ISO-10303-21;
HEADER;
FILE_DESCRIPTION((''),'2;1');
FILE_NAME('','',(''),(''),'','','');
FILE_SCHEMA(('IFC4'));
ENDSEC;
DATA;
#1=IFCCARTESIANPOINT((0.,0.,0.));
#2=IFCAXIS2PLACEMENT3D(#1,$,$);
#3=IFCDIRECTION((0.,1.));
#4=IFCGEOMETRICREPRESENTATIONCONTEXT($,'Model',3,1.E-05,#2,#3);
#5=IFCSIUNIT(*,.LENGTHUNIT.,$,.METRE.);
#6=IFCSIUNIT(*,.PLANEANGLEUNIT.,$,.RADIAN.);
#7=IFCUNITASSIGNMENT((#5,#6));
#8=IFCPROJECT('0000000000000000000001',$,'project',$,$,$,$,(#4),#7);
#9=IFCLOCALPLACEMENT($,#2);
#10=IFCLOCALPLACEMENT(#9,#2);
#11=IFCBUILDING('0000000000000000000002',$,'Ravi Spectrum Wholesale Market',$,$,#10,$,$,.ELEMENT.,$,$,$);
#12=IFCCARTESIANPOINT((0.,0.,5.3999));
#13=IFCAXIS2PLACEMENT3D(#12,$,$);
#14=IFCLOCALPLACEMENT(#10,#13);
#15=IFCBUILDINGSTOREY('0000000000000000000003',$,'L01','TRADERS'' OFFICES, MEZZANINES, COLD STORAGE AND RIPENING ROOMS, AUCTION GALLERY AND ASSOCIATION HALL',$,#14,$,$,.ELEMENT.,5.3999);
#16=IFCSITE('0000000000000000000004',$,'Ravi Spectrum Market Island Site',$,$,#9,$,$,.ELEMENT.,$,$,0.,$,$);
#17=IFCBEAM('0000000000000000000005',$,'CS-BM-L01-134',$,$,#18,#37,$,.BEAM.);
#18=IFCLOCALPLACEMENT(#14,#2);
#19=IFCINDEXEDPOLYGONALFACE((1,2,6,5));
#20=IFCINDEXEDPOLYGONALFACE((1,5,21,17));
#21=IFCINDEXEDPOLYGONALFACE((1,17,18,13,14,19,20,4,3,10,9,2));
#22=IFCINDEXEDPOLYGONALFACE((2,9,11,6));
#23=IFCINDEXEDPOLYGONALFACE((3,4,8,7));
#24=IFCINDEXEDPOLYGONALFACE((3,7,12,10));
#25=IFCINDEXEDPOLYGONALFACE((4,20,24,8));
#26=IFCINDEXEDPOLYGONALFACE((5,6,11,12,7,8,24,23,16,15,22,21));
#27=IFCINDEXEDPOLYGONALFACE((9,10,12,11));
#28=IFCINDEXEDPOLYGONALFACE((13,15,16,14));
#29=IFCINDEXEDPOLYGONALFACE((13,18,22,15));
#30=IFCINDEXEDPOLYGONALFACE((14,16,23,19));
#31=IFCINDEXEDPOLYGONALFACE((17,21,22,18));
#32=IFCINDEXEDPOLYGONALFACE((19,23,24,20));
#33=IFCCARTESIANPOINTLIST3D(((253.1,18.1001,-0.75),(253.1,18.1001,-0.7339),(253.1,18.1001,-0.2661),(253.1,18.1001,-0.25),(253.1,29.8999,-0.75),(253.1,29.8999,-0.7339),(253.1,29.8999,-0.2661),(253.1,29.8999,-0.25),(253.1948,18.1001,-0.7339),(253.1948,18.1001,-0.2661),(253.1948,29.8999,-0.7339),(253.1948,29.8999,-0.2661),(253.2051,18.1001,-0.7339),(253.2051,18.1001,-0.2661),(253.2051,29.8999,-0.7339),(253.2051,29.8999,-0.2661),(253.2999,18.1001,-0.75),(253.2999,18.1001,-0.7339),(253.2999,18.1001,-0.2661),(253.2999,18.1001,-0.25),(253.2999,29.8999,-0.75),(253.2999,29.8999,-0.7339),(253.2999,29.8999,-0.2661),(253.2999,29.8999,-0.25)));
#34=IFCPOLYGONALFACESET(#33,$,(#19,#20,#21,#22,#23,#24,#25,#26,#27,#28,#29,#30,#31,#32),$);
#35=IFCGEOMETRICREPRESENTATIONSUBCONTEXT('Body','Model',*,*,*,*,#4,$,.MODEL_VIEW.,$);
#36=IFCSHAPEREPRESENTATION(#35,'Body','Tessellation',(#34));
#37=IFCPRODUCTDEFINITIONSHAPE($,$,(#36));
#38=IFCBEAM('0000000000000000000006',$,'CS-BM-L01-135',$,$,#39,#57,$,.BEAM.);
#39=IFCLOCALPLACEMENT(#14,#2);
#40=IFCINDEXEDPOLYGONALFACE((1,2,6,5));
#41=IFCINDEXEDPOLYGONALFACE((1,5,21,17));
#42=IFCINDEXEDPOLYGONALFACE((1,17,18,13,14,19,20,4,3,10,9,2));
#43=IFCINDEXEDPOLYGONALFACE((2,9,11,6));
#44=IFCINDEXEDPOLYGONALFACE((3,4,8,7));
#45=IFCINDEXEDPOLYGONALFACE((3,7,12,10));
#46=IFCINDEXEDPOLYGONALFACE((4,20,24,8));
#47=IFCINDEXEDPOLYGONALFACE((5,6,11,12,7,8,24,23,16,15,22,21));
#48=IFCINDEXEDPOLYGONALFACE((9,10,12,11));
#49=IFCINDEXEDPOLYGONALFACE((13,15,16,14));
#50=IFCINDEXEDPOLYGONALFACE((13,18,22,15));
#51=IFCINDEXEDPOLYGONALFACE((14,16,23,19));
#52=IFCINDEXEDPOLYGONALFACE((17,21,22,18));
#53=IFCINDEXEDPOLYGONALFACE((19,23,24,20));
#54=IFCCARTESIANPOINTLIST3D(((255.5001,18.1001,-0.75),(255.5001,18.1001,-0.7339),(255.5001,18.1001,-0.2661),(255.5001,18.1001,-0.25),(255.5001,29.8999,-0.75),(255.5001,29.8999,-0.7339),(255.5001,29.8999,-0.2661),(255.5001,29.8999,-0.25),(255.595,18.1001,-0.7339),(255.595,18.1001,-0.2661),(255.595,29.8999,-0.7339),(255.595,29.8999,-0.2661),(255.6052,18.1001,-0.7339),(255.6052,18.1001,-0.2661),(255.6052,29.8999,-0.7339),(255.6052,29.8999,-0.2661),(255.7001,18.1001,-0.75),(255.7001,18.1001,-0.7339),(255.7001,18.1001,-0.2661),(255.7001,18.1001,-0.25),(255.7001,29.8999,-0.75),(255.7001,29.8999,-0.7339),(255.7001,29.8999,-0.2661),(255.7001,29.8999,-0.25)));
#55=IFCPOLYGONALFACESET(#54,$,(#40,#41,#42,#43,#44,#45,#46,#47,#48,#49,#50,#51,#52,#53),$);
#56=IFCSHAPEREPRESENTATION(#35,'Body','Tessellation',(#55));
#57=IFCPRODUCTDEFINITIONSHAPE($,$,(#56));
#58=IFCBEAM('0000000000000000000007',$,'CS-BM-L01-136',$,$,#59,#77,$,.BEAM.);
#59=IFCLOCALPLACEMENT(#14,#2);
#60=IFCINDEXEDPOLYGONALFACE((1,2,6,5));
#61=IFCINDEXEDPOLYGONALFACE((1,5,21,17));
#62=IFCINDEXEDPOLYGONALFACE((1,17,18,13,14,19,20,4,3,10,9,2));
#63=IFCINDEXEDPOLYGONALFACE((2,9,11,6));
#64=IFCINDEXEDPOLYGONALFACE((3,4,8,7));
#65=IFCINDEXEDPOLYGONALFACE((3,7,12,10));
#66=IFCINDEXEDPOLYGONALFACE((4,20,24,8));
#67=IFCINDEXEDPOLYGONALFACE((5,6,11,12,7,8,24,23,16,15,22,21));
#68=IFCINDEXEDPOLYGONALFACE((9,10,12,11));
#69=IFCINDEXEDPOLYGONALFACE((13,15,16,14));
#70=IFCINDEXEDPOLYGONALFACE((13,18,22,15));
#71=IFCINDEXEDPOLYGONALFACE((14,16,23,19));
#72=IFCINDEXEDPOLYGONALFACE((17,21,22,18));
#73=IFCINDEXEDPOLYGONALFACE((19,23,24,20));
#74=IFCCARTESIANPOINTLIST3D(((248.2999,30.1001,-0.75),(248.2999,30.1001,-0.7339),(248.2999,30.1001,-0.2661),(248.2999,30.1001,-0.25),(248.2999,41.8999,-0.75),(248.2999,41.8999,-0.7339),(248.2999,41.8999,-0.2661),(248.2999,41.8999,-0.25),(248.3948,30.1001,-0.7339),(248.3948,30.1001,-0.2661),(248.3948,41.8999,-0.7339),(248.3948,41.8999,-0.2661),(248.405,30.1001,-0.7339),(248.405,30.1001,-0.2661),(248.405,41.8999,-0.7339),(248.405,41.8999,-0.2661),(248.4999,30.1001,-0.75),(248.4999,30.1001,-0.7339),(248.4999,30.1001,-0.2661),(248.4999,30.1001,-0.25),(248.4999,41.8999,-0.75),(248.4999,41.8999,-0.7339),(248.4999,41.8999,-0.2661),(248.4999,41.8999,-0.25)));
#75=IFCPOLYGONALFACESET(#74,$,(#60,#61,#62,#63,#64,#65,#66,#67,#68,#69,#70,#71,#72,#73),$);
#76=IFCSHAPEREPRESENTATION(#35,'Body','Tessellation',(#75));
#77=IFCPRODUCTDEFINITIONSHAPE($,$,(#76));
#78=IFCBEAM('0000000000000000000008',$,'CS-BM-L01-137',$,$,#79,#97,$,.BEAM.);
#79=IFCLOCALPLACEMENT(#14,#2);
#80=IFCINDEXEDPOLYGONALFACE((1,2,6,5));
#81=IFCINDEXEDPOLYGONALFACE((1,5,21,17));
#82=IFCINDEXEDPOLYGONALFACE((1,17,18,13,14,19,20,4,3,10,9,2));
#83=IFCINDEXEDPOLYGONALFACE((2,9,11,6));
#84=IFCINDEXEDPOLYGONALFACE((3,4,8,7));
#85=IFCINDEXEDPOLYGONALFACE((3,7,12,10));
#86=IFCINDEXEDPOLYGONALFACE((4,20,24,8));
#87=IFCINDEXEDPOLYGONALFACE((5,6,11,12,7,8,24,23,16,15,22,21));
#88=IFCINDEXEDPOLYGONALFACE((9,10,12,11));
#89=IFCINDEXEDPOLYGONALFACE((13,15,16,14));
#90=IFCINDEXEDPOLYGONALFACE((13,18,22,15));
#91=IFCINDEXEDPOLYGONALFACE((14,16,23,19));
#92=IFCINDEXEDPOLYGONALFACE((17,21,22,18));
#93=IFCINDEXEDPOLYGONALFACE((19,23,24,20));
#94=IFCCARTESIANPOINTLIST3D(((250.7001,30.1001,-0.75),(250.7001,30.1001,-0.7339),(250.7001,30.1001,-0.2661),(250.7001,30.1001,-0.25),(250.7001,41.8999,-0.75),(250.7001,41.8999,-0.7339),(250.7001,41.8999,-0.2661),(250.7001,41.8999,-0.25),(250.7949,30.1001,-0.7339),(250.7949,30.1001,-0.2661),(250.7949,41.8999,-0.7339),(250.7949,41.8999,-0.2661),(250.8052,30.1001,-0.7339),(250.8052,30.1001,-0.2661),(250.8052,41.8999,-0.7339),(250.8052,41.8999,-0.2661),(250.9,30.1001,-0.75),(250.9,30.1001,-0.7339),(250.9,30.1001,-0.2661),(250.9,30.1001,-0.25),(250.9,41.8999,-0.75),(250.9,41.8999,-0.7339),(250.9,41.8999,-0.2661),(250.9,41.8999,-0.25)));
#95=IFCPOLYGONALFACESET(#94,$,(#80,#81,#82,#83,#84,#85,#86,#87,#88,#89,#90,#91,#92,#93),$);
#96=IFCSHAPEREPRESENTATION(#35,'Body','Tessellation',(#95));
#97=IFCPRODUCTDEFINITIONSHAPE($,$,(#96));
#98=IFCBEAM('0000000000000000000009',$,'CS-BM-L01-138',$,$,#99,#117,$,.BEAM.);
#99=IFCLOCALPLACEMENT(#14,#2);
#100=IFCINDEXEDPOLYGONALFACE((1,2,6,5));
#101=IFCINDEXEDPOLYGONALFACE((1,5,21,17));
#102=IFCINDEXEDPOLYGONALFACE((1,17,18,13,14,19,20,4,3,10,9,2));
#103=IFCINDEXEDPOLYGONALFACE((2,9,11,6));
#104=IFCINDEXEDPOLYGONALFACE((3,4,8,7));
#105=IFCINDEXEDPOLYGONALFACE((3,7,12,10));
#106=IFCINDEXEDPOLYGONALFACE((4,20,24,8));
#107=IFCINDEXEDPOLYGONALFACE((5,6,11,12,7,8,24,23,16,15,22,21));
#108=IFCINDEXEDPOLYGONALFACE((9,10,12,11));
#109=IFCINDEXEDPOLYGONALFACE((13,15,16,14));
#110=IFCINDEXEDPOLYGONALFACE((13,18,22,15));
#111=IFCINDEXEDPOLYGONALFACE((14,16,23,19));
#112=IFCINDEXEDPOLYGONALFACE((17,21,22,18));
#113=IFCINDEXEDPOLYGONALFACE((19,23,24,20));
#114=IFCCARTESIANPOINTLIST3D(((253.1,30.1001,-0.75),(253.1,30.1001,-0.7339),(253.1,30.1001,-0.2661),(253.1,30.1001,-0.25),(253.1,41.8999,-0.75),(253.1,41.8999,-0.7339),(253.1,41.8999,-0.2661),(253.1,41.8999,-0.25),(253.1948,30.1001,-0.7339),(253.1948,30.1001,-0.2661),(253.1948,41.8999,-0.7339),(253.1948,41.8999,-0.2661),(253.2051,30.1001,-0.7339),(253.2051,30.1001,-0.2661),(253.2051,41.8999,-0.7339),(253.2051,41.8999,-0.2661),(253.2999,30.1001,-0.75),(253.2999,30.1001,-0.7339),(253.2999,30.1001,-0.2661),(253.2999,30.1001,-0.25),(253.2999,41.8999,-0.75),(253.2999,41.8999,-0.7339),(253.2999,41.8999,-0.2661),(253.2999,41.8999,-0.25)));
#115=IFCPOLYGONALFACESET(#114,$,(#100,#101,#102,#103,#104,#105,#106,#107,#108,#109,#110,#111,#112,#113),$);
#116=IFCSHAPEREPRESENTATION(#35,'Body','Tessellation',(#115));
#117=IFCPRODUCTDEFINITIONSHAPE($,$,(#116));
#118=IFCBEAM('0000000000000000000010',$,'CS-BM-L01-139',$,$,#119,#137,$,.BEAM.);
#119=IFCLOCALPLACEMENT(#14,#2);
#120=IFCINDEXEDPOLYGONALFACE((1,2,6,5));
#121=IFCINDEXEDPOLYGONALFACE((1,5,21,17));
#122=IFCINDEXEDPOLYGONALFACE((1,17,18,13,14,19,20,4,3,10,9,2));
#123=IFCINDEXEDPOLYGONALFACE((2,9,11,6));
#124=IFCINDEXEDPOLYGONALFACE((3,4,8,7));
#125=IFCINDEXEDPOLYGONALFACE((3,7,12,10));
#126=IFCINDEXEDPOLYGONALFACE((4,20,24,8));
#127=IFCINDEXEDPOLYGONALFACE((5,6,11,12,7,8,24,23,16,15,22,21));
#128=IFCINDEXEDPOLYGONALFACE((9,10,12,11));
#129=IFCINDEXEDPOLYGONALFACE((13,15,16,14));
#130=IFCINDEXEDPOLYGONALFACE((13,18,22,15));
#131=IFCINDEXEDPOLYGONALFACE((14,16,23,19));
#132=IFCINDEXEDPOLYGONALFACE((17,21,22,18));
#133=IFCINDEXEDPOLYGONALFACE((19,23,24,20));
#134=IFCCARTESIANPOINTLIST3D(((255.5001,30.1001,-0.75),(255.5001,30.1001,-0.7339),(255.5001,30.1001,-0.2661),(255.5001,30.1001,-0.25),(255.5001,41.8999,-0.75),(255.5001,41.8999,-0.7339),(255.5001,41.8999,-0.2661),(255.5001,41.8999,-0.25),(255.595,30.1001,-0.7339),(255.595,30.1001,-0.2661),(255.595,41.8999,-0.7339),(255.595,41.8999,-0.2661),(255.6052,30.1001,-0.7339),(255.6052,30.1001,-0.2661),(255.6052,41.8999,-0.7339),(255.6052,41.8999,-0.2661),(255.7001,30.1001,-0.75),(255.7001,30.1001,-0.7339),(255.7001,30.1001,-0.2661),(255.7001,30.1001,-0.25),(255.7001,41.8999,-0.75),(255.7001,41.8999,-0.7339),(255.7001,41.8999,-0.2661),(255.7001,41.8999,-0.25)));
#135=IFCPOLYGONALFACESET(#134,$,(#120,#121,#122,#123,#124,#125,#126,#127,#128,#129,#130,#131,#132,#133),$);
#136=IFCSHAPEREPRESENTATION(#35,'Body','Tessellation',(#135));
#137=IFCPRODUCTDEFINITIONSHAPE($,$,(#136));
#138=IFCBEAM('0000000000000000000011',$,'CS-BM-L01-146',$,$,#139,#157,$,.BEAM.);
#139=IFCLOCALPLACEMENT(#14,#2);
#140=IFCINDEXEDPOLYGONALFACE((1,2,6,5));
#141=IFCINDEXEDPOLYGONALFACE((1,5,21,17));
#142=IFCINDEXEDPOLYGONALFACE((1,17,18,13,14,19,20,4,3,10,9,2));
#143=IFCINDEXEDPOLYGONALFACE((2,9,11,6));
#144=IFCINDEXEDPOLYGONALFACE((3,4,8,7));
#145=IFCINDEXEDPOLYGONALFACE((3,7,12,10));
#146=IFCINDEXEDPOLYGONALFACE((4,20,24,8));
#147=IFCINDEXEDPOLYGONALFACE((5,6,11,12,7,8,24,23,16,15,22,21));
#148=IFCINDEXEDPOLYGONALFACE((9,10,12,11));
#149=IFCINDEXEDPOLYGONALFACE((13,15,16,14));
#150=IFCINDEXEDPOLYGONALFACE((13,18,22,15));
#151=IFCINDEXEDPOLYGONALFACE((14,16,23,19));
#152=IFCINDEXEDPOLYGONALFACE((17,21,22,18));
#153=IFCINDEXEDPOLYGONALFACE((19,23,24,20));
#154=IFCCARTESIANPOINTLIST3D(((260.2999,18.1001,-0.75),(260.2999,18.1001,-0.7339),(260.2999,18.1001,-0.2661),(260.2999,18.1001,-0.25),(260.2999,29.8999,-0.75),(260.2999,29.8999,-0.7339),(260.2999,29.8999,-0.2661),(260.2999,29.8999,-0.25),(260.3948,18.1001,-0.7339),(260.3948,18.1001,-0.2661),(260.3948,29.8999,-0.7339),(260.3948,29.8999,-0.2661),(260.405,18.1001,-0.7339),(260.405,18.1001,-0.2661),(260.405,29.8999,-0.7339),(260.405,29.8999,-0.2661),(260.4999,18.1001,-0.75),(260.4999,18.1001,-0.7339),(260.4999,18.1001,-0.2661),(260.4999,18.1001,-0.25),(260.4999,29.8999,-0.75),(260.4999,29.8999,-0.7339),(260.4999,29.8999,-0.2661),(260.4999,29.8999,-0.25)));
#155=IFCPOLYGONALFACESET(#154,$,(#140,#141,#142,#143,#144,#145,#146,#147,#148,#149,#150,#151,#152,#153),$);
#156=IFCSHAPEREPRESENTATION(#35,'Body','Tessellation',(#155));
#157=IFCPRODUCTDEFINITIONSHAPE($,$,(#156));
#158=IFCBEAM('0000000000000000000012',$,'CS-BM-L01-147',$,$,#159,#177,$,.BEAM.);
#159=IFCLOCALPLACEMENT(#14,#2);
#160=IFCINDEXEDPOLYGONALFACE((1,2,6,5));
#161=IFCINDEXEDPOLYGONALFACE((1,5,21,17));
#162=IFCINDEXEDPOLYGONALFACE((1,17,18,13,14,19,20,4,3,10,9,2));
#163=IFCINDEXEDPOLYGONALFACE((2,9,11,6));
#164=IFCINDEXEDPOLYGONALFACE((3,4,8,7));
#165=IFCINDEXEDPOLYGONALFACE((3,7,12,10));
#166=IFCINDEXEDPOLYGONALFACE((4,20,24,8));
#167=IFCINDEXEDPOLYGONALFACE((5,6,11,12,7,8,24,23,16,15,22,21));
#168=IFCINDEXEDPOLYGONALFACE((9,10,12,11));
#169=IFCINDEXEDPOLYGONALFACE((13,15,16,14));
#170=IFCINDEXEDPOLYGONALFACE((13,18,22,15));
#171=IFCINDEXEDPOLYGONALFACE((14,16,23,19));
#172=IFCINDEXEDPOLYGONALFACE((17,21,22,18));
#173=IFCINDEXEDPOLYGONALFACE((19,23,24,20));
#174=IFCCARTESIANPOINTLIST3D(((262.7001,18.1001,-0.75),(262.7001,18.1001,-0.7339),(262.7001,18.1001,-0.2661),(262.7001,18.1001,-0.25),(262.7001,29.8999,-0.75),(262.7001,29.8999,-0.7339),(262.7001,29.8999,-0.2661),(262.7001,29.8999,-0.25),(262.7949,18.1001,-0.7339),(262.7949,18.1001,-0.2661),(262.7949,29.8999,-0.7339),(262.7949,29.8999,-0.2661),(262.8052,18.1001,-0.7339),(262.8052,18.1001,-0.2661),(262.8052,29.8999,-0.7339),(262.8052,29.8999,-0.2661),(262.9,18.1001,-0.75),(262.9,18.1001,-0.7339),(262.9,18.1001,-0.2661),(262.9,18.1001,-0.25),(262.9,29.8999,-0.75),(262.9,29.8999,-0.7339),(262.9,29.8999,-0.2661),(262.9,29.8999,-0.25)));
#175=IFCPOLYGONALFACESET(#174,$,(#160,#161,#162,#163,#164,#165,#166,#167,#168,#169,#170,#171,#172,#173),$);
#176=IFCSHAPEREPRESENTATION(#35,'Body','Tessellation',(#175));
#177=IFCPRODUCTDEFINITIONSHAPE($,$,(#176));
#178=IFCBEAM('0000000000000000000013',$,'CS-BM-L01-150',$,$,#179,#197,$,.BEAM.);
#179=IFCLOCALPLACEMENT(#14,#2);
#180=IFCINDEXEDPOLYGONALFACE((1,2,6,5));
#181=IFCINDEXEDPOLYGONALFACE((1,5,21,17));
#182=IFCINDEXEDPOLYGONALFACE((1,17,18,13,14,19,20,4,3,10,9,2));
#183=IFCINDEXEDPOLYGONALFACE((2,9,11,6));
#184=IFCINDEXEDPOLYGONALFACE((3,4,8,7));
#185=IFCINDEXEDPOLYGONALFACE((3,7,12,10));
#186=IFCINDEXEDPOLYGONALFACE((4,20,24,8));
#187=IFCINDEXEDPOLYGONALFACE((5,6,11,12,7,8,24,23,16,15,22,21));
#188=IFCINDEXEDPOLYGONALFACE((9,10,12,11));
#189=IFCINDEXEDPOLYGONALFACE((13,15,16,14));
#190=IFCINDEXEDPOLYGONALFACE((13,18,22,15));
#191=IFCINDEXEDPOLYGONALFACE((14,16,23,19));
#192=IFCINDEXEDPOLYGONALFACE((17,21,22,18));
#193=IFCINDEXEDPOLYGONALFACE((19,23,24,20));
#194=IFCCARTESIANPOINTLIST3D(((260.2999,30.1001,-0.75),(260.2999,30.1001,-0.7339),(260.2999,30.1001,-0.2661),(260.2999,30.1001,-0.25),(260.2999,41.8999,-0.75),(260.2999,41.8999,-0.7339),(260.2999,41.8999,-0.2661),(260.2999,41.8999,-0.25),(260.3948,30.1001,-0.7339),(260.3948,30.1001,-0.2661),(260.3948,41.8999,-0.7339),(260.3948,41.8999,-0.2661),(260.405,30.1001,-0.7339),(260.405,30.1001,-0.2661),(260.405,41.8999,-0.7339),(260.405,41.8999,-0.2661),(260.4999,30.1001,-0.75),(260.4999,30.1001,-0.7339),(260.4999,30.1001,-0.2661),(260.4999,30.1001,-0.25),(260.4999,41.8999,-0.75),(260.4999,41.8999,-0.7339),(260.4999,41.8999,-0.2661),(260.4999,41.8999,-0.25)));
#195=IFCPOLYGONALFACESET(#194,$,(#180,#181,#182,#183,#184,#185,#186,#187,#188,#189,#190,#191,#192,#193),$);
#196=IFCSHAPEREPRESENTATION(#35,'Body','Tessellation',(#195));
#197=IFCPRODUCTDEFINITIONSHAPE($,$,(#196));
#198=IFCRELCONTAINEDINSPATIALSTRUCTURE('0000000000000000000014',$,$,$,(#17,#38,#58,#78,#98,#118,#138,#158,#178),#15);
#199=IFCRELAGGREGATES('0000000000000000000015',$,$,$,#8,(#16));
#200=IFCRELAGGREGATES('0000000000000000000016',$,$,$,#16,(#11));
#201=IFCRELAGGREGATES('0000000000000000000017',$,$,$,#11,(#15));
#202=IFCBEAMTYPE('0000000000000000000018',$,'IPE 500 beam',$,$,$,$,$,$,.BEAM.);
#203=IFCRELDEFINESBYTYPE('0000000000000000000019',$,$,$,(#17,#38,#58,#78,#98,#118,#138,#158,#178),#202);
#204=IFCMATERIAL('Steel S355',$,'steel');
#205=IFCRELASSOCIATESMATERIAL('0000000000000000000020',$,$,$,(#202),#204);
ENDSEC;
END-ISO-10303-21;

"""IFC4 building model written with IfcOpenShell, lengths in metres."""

from ifc_helpers import new_model, si_unit, direction, frame, origin, origin_2d, place, context, subcontext, project, spatial, i_section, extrude, material, material_profile, profile_set, type_object, element, save


model = new_model("IFC4")

# Units and contexts
model_context = context("Model", 3, precision=1e-05, world=origin(), true_north=direction((0.0, 1.0)))
body_context = subcontext(model_context, "Body", "Model", "MODEL_VIEW")
ifc_project = project(units=[si_unit("LENGTHUNIT", "METRE"), si_unit("PLANEANGLEUNIT", "RADIAN")], contexts=[model_context])

# Site, building, storey
site_placement = place(None, origin())
site = spatial("IfcSite", under=ifc_project, at=site_placement, Name="Ravi Spectrum Market Island Site", CompositionType="ELEMENT", RefElevation=0.0)
building_placement = place(site_placement, origin())
building = spatial("IfcBuilding", under=site, at=building_placement, Name="Ravi Spectrum Wholesale Market", CompositionType="ELEMENT")
storey_placement = place(building_placement, frame((0.0, 0.0, 5.3999)))
storey = spatial("IfcBuildingStorey", under=building, at=storey_placement, Name="L01", Description="TRADERS' OFFICES, MEZZANINES, COLD STORAGE AND RIPENING ROOMS, AUCTION GALLERY AND ASSOCIATION HALL", CompositionType="ELEMENT", Elevation=5.3999)

# Beams
ifc_material_1 = material(Name="Steel S355", Category="steel")
ifc_material_profile_1 = material_profile(ifc_material_1, i_section(OverallWidth=0.2, OverallDepth=0.5, WebThickness=0.0103, FlangeThickness=0.0161, at=origin_2d()))
ifc_profile_set_1 = profile_set([ifc_material_profile_1], Name="Steel S355")
beam_type_1 = type_object("IfcBeamType", Name="IPE 500 beam", PredefinedType="BEAM", material=ifc_profile_set_1)
for number, where, z_axis, x_axis, name in (
    (1, (253.2, 18.1001, -0.5), (0.0, 1.0, 0.0), (-1.0, 0.0, 0.0), "CS-BM-L01-134"),
    (2, (255.6001, 18.1001, -0.5), (0.0, 1.0, 0.0), (-1.0, 0.0, 0.0), "CS-BM-L01-135"),
    (3, (248.3999, 30.1001, -0.5), (0.0, 1.0, 0.0), (-1.0, 0.0, 0.0), "CS-BM-L01-136"),
    (4, (250.8, 30.1001, -0.5), (0.0, 1.0, 0.0), (-1.0, 0.0, 0.0), "CS-BM-L01-137"),
    (5, (253.2, 30.1001, -0.5), (0.0, 1.0, 0.0), (-1.0, 0.0, 0.0), "CS-BM-L01-138"),
    (6, (255.6001, 30.1001, -0.5), (0.0, 1.0, 0.0), (-1.0, 0.0, 0.0), "CS-BM-L01-139"),
    (7, (260.3999, 18.1001, -0.5), (0.0, 1.0, 0.0), (-1.0, 0.0, 0.0), "CS-BM-L01-146"),
    (8, (262.8, 18.1001, -0.5), (0.0, 1.0, 0.0), (-1.0, 0.0, 0.0), "CS-BM-L01-147"),
    (9, (260.3999, 30.1001, -0.5), (0.0, 1.0, 0.0), (-1.0, 0.0, 0.0), "CS-BM-L01-150"),
):
    element("IfcBeam", number, at=place(storey_placement, frame(where, z_axis=z_axis, x_axis=x_axis)), inside=storey, type_object=beam_type_1, Name=name, PredefinedType="BEAM", context=body_context, shape_type="SweptSolid", body=[
        extrude(i_section(OverallWidth=0.2, OverallDepth=0.5, WebThickness=0.0103, FlangeThickness=0.0161, at=origin_2d()), origin(), (0.0, 0.0, 1.0), 11.7998),
    ])

save(model, "model.ifc")
